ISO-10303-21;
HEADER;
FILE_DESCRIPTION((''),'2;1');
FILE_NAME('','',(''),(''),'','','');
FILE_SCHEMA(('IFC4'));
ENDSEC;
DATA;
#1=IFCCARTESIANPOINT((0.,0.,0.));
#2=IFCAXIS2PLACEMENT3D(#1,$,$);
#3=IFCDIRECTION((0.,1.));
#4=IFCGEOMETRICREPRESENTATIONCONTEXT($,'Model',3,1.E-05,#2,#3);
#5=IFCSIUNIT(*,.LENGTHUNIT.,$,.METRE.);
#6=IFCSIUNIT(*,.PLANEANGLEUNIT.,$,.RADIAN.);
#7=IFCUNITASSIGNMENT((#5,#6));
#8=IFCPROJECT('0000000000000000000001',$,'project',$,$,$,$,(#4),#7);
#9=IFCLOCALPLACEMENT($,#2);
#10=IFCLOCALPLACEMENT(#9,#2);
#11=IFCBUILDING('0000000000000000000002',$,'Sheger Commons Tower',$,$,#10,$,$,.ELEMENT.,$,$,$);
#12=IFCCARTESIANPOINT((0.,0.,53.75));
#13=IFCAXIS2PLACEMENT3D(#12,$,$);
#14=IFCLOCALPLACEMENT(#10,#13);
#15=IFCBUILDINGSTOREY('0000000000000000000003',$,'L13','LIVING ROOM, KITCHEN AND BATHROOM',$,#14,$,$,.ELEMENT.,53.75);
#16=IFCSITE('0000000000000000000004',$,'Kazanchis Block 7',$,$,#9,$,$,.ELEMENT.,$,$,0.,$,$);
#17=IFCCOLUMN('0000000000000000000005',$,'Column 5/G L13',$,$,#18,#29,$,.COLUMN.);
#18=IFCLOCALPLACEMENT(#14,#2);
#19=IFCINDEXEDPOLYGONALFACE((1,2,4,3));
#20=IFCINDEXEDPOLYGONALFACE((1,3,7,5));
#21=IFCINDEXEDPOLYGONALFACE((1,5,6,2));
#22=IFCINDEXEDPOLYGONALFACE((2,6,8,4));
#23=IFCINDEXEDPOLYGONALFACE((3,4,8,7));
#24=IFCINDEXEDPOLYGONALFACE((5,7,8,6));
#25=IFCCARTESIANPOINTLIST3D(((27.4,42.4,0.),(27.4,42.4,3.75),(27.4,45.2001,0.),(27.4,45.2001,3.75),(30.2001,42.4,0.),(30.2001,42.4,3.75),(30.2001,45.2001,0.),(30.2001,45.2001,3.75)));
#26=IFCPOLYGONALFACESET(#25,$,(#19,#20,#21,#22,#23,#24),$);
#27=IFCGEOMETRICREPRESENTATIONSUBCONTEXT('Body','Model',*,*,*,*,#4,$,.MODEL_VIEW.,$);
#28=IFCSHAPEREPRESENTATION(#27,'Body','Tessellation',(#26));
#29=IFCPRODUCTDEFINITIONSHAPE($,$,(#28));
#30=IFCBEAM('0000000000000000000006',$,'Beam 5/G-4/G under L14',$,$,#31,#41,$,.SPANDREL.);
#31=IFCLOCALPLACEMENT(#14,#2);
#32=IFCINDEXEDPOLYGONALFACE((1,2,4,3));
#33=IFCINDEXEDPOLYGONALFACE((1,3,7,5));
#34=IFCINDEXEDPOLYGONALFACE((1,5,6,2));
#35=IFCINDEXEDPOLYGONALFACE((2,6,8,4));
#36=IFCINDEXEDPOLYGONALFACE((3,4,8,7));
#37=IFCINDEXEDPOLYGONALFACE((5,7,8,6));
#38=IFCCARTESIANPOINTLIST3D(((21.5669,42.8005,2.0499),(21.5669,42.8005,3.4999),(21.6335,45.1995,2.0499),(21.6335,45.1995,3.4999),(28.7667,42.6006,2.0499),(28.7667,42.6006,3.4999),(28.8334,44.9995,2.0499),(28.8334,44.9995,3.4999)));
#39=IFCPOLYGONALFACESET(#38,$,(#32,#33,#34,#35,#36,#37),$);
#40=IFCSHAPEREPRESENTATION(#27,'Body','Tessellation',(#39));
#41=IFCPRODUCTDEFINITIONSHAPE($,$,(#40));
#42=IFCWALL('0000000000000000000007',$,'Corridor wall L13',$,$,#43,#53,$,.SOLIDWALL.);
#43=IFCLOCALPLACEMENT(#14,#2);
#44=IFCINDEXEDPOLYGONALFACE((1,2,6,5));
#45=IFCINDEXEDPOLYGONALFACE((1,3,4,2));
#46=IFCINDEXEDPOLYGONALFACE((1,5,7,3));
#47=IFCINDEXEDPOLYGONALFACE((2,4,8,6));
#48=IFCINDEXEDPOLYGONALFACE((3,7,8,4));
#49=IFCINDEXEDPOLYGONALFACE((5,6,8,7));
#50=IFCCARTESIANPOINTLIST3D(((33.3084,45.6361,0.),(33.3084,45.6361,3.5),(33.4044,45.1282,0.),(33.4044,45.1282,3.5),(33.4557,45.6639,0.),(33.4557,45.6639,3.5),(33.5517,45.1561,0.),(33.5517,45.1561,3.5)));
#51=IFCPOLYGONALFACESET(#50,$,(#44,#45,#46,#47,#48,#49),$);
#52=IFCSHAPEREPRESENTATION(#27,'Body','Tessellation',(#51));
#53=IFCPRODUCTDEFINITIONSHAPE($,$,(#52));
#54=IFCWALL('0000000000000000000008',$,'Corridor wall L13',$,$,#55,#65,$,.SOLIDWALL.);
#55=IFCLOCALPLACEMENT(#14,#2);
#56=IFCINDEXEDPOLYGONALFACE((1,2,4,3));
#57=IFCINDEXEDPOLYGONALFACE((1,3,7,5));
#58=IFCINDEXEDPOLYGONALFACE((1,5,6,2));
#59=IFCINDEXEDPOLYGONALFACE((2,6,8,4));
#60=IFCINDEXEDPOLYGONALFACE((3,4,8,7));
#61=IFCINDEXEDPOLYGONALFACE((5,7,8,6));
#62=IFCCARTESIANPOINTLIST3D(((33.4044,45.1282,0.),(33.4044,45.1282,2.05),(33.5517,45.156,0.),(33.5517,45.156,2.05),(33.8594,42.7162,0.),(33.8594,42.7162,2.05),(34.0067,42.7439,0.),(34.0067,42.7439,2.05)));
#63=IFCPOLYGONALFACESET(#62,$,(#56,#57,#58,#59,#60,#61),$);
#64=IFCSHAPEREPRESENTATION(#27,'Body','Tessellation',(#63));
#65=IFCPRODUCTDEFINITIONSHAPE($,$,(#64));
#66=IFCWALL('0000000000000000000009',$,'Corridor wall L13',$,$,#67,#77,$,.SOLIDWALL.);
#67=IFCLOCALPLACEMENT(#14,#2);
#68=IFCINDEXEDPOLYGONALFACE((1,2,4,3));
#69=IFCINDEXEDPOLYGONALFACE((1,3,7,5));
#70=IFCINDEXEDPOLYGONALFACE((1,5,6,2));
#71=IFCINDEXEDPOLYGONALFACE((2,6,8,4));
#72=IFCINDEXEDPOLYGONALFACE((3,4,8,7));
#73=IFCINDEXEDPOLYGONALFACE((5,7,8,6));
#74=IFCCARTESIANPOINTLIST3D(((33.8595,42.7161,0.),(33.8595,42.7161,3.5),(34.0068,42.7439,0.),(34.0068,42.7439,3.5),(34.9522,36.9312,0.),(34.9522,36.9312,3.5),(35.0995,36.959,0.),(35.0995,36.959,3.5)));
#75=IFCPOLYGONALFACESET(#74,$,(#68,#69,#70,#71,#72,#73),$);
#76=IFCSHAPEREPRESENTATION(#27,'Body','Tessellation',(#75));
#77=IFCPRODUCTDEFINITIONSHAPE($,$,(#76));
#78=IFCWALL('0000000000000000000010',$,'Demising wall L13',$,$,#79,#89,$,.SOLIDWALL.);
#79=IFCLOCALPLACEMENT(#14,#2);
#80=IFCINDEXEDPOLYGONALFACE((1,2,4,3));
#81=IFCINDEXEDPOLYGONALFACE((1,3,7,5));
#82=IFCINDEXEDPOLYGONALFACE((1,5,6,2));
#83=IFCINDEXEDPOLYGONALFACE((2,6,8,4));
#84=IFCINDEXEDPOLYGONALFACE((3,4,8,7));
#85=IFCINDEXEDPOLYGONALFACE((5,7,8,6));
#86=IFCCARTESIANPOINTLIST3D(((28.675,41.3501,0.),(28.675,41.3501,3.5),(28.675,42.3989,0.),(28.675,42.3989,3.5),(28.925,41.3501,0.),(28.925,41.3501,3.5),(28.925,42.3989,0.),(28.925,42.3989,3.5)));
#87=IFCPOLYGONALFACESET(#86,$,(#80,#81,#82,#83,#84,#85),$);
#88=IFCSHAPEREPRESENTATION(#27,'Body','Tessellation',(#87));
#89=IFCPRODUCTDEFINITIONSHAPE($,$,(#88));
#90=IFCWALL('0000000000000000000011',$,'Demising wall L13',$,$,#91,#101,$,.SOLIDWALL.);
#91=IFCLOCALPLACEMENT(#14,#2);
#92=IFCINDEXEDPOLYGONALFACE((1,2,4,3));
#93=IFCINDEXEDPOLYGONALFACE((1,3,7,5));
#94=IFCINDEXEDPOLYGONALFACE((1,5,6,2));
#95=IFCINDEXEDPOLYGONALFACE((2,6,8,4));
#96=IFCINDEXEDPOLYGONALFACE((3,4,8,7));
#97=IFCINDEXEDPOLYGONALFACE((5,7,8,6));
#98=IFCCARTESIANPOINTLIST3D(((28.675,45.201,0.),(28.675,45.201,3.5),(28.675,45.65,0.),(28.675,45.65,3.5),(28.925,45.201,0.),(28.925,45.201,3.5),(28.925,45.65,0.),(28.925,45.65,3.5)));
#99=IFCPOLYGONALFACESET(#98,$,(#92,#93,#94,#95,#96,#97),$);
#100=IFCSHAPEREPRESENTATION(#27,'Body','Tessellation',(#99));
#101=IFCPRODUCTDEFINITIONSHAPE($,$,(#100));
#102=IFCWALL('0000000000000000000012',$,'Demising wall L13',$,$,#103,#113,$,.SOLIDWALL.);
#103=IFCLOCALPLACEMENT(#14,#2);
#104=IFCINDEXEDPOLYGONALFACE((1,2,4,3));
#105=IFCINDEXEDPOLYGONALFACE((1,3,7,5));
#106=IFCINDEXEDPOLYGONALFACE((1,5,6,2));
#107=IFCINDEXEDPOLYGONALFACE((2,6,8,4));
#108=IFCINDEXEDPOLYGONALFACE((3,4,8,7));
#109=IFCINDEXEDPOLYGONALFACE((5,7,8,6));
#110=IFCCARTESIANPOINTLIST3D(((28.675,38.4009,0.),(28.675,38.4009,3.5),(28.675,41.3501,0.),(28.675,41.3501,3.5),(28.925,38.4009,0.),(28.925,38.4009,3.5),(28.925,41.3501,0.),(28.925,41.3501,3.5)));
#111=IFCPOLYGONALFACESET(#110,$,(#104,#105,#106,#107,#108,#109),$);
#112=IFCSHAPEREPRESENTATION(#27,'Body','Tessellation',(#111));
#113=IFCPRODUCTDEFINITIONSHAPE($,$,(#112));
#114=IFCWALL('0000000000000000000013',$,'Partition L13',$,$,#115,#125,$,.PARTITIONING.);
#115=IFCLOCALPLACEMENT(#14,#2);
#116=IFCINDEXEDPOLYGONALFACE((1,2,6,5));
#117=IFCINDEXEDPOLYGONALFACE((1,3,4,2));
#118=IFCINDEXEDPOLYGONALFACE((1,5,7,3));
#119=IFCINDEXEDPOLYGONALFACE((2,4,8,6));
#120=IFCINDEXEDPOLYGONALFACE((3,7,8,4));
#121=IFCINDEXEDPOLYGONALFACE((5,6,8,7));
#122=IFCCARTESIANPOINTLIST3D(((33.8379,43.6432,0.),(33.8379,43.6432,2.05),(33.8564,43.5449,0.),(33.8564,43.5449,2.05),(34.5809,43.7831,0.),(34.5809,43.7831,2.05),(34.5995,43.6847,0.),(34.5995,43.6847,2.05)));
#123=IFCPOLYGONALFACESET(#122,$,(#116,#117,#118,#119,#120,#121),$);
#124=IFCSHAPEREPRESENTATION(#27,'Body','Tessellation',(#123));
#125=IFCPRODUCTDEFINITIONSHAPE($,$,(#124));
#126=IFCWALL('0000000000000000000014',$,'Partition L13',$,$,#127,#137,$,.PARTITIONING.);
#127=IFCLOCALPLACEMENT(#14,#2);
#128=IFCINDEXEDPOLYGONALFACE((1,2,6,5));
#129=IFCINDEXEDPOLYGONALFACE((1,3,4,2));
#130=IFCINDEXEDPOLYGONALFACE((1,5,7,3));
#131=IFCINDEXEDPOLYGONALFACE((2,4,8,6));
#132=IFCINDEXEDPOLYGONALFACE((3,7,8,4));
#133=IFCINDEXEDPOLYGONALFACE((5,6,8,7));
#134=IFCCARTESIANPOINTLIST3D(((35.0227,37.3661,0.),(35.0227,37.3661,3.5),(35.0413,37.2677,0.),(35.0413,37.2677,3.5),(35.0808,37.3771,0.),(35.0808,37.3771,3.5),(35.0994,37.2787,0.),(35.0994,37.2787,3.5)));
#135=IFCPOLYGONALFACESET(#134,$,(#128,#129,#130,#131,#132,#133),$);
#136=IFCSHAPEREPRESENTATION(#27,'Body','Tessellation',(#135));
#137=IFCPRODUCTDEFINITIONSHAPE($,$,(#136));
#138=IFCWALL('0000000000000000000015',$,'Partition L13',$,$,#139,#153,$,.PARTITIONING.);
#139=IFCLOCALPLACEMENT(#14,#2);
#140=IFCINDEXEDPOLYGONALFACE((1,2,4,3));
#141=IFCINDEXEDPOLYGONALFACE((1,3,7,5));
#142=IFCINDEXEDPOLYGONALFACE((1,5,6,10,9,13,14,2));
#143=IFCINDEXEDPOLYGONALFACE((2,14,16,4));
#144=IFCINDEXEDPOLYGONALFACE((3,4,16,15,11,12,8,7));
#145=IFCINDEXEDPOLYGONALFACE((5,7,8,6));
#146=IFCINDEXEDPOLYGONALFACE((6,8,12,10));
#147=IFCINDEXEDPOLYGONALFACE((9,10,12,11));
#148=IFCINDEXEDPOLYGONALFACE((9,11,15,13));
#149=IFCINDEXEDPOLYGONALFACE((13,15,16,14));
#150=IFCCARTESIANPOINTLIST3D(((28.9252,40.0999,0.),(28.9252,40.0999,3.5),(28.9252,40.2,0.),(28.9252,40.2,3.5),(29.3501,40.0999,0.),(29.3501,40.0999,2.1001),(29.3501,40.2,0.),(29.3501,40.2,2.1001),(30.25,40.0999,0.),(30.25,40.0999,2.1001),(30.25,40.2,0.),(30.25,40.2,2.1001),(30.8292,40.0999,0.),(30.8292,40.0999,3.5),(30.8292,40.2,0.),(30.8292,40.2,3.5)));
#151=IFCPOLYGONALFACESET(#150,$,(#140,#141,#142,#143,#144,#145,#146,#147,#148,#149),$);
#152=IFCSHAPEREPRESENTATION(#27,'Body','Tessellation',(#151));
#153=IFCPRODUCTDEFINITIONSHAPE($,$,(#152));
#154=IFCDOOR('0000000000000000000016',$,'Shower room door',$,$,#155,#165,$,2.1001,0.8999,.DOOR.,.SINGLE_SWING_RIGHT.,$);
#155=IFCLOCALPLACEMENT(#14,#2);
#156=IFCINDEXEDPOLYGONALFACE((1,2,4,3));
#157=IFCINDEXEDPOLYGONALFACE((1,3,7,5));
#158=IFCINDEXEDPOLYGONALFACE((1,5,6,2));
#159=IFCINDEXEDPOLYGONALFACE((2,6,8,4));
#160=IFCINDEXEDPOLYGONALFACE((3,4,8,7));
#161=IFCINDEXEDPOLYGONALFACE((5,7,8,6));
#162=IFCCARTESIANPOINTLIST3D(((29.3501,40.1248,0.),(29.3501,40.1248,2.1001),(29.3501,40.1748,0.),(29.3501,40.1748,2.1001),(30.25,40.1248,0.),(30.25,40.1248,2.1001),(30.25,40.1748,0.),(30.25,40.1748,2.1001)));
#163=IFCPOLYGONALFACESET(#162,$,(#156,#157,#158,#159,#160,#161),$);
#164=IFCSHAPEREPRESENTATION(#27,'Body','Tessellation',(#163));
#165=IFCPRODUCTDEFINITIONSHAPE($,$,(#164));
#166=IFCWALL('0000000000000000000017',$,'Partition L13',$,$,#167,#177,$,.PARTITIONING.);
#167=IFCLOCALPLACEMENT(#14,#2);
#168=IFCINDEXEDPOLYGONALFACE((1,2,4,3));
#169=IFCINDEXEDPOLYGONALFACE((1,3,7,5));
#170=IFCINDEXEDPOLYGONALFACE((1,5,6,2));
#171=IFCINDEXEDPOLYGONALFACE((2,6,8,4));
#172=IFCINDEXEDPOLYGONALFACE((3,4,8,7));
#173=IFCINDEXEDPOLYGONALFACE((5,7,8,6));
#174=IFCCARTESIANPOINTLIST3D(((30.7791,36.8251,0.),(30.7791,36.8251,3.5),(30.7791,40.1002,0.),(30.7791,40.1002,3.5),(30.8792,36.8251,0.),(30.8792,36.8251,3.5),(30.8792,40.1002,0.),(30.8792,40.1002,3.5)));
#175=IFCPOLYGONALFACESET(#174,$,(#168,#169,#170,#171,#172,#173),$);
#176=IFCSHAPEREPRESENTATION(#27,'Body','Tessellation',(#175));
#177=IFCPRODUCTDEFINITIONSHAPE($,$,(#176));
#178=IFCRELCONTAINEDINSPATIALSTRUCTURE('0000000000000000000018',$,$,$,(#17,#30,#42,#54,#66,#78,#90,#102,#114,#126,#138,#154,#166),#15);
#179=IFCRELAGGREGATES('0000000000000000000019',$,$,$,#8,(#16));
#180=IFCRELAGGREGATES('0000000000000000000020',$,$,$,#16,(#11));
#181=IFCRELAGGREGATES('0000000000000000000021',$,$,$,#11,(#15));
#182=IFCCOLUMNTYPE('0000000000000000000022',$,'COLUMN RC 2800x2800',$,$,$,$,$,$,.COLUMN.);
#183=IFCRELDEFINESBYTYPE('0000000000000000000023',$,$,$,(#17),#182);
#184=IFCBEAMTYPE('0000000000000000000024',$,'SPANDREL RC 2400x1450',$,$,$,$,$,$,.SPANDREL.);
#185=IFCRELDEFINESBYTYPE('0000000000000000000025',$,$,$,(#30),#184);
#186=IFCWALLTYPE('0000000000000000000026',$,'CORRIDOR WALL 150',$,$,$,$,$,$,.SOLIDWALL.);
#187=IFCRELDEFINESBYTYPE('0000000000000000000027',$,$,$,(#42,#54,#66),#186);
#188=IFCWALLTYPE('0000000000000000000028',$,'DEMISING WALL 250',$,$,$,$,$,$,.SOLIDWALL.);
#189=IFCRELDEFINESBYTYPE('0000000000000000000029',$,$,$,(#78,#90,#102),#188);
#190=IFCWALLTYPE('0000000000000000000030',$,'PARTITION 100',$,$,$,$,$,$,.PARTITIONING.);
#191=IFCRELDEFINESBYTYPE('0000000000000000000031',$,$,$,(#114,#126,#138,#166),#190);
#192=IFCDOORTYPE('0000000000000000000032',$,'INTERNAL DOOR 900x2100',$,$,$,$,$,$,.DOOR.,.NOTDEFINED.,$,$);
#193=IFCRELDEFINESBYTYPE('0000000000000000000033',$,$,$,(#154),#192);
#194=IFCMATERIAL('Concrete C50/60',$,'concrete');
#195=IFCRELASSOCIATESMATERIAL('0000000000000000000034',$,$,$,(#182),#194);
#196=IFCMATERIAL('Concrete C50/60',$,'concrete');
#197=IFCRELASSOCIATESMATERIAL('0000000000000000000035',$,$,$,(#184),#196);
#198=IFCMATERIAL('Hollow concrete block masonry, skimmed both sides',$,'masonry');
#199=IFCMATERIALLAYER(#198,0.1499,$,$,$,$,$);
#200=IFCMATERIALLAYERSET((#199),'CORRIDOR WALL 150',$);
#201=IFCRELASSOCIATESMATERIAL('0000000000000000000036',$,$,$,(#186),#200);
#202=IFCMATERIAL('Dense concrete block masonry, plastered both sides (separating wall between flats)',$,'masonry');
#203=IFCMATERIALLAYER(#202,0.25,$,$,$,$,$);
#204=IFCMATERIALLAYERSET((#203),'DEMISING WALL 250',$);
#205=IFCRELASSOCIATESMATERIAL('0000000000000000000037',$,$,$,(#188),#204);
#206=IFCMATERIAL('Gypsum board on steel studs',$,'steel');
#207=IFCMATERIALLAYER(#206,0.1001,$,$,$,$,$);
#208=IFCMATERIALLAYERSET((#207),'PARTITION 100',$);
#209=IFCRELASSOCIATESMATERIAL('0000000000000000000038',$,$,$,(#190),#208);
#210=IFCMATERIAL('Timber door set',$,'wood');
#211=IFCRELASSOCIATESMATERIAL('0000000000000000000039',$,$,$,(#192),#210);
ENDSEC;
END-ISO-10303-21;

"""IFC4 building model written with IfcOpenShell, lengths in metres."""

from ifc_helpers import new_model, si_unit, direction, frame, frame_2d, origin, origin_2d, place, context, subcontext, project, spatial, rectangle, extrude, material, layer, layer_set, material_profile, profile_set, type_object, element, fill, save


model = new_model("IFC4")

# Units and contexts
model_context = context("Model", 3, precision=1e-05, world=origin(), true_north=direction((0.0, 1.0)))
body_context = subcontext(model_context, "Body", "Model", "MODEL_VIEW")
ifc_project = project(units=[si_unit("LENGTHUNIT", "METRE"), si_unit("PLANEANGLEUNIT", "RADIAN")], contexts=[model_context])

# Site, building, storey
site_placement = place(None, origin())
site = spatial("IfcSite", under=ifc_project, at=site_placement, Name="Kazanchis Block 7", CompositionType="ELEMENT", RefElevation=0.0)
building_placement = place(site_placement, origin())
building = spatial("IfcBuilding", under=site, at=building_placement, Name="Sheger Commons Tower", CompositionType="ELEMENT")
storey_placement = place(building_placement, frame((0.0, 0.0, 53.75)))
storey = spatial("IfcBuildingStorey", under=building, at=storey_placement, Name="L13", Description="LIVING ROOM, KITCHEN AND BATHROOM", CompositionType="ELEMENT", Elevation=53.75)

# Column
ifc_material_1 = material(Name="Concrete C50/60", Category="concrete")
ifc_material_profile_1 = material_profile(ifc_material_1, rectangle(XDim=2.8, YDim=2.8, at=origin_2d()), Name="RC 2800x2800")
ifc_profile_set_1 = profile_set([ifc_material_profile_1], Name="Concrete C50/60")
column_type = type_object("IfcColumnType", Name="COLUMN RC 2800x2800", PredefinedType="COLUMN", material=ifc_profile_set_1)
column_placement = place(storey_placement, frame((28.8, 43.8, 0.0), z_axis=(0.0, 0.0, 1.0), x_axis=(1.0, 0.0, 0.0)))
element("IfcColumn", 1, at=column_placement, inside=storey, type_object=column_type, Name="Column 5/G L13", PredefinedType="COLUMN", context=body_context, shape_type="SweptSolid", body=[
    extrude(rectangle(XDim=2.8, YDim=2.8, at=origin_2d()), origin(), (0.0, 0.0, 1.0), 3.75),
])

# Beam
ifc_material_2 = material(Name="Concrete C50/60", Category="concrete")
ifc_material_profile_2 = material_profile(ifc_material_2, rectangle(XDim=2.3999, YDim=1.45, at=origin_2d()), Name="RC 2400x1450")
ifc_profile_set_2 = profile_set([ifc_material_profile_2], Name="Concrete C50/60")
beam_type = type_object("IfcBeamType", Name="SPANDREL RC 2400x1450", PredefinedType="SPANDREL", material=ifc_profile_set_2)
beam_placement = place(storey_placement, frame((28.8, 43.8, 2.7749), z_axis=(-0.999615, 0.02776, 0.0), x_axis=(-0.02776, -0.999615, 0.0)))
element("IfcBeam", 2, at=beam_placement, inside=storey, type_object=beam_type, Name="Beam 5/G-4/G under L14", PredefinedType="SPANDREL", context=body_context, shape_type="SweptSolid", body=[
    extrude(rectangle(XDim=2.3999, YDim=1.45, at=origin_2d()), origin(), (0.0, 0.0, 1.0), 7.2026),
])

# Walls
ifc_material_3 = material(Name="Hollow concrete block masonry, skimmed both sides", Category="masonry")
ifc_layer_1 = layer(ifc_material_3, 0.1499)
ifc_layer_set_1 = layer_set([ifc_layer_1], Name="CORRIDOR WALL 150")
wall_type_1 = type_object("IfcWallType", Name="CORRIDOR WALL 150", PredefinedType="SOLIDWALL", material=ifc_layer_set_1)
wall_1_placement = place(storey_placement, frame((33.3821, 45.6499, 0.0), z_axis=(0.0, 0.0, 1.0), x_axis=(0.185657, -0.982615, 0.0)))
element("IfcWall", 3, at=wall_1_placement, inside=storey, type_object=wall_type_1, Name="Corridor wall L13", PredefinedType="SOLIDWALL", context=body_context, shape_type="SweptSolid", body=[
    extrude(rectangle(XDim=0.5168, YDim=0.1499, at=frame_2d((0.2583, 0.0))), origin(), (0.0, 0.0, 1.0), 3.5),
])
wall_2_placement = place(storey_placement, frame((33.478, 45.1421, 0.0), z_axis=(0.0, 0.0, 1.0), x_axis=(0.185393, -0.982664, 0.0)))
element("IfcWall", 4, at=wall_2_placement, inside=storey, type_object=wall_type_1, Name="Corridor wall L13", PredefinedType="SOLIDWALL", context=body_context, shape_type="SweptSolid", body=[
    extrude(rectangle(XDim=2.4546, YDim=0.1499, at=frame_2d((1.2273, 0.0))), origin(), (0.0, 0.0, 1.0), 2.05),
])
wall_3_placement = place(storey_placement, frame((33.9331, 42.73, 0.0), z_axis=(0.0, 0.0, 1.0), x_axis=(0.185618, -0.982622, 0.0)))
element("IfcWall", 5, at=wall_3_placement, inside=storey, type_object=wall_type_1, Name="Corridor wall L13", PredefinedType="SOLIDWALL", context=body_context, shape_type="SweptSolid", body=[
    extrude(rectangle(XDim=5.8872, YDim=0.1499, at=frame_2d((2.9436, 0.0))), origin(), (0.0, 0.0, 1.0), 3.5),
])
ifc_material_4 = material(Name="Dense concrete block masonry, plastered both sides (separating wall between flats)", Category="masonry")
ifc_layer_2 = layer(ifc_material_4, 0.25)
ifc_layer_set_2 = layer_set([ifc_layer_2], Name="DEMISING WALL 250")
wall_type_2 = type_object("IfcWallType", Name="DEMISING WALL 250", PredefinedType="SOLIDWALL", material=ifc_layer_set_2)
wall_4_placement = place(storey_placement, frame((28.8, 41.3501, 0.0), z_axis=(0.0, 0.0, 1.0), x_axis=(0.0, 1.0, 0.0)))
element("IfcWall", 6, at=wall_4_placement, inside=storey, type_object=wall_type_2, Name="Demising wall L13", PredefinedType="SOLIDWALL", context=body_context, shape_type="SweptSolid", body=[
    extrude(rectangle(XDim=1.0488, YDim=0.25, at=frame_2d((0.5244, 0.0))), origin(), (0.0, 0.0, 1.0), 3.5),
])
wall_5_placement = place(storey_placement, frame((28.8, 45.2009, 0.0), z_axis=(0.0, 0.0, 1.0), x_axis=(0.0, 1.0, 0.0)))
element("IfcWall", 7, at=wall_5_placement, inside=storey, type_object=wall_type_2, Name="Demising wall L13", PredefinedType="SOLIDWALL", context=body_context, shape_type="SweptSolid", body=[
    extrude(rectangle(XDim=0.449, YDim=0.25, at=frame_2d((0.2246, 0.0))), origin(), (0.0, 0.0, 1.0), 3.5),
])
wall_6_placement = place(storey_placement, frame((28.8, 38.4009, 0.0), z_axis=(0.0, 0.0, 1.0), x_axis=(0.0, 1.0, 0.0)))
element("IfcWall", 8, at=wall_6_placement, inside=storey, type_object=wall_type_2, Name="Demising wall L13", PredefinedType="SOLIDWALL", context=body_context, shape_type="SweptSolid", body=[
    extrude(rectangle(XDim=2.9492, YDim=0.25, at=frame_2d((1.4746, 0.0))), origin(), (0.0, 0.0, 1.0), 3.5),
])
ifc_material_5 = material(Name="Gypsum board on steel studs", Category="steel")
ifc_layer_3 = layer(ifc_material_5, 0.1001)
ifc_layer_set_3 = layer_set([ifc_layer_3], Name="PARTITION 100")
wall_type_3 = type_object("IfcWallType", Name="PARTITION 100", PredefinedType="PARTITIONING", material=ifc_layer_set_3)
wall_7_placement = place(storey_placement, frame((34.5901, 43.7339, 0.0), z_axis=(0.0, 0.0, 1.0), x_axis=(-0.98274, -0.18499, 0.0)))
element("IfcWall", 9, at=wall_7_placement, inside=storey, type_object=wall_type_3, Name="Partition L13", PredefinedType="PARTITIONING", context=body_context, shape_type="SweptSolid", body=[
    extrude(rectangle(XDim=0.7561, YDim=0.1001, at=frame_2d((0.3779, 0.0))), origin(), (0.0, 0.0, 1.0), 2.05),
])
wall_8_placement = place(storey_placement, frame((35.0901, 37.3279, 0.0), z_axis=(0.0, 0.0, 1.0), x_axis=(-0.982591, -0.185784, 0.0)))
element("IfcWall", 10, at=wall_8_placement, inside=storey, type_object=wall_type_3, Name="Partition L13", PredefinedType="PARTITIONING", context=body_context, shape_type="SweptSolid", body=[
    extrude(rectangle(XDim=0.0591, YDim=0.1001, at=frame_2d((0.0295, 0.0))), origin(), (0.0, 0.0, 1.0), 3.5),
])

# Wall, opening, door
wall_9_placement = place(storey_placement, frame((28.925, 40.1499, 0.0), z_axis=(0.0, 0.0, 1.0), x_axis=(1.0, 0.0, 0.0)))
wall_9 = element("IfcWall", 11, at=wall_9_placement, inside=storey, type_object=wall_type_3, Name="Partition L13", PredefinedType="PARTITIONING", context=body_context, shape_type="SweptSolid", body=[
    extrude(rectangle(XDim=1.9041, YDim=0.1001, at=frame_2d((0.9521, 0.0))), origin(), (0.0, 0.0, 1.0), 3.5),
])
opening_placement = place(wall_9_placement, frame((0.425, 0.0, 0.0)))
opening = element("IfcOpeningElement", 12, at=opening_placement, cuts=wall_9, PredefinedType="OPENING", context=body_context, shape_type="SweptSolid", body=[
    extrude(rectangle(XDim=0.8999, YDim=2.1001, at=frame_2d((0.45, 1.05))), frame((0.0, 0.0601, 0.0), z_axis=(0.0, -1.0, 0.0), x_axis=(1.0, 0.0, 0.0)), (0.0, 0.0, 1.0), 0.1201),
])
ifc_material_6 = material(Name="Timber door set", Category="wood")
door_type = type_object("IfcDoorType", Name="INTERNAL DOOR 900x2100", OperationType="NOTDEFINED", PredefinedType="DOOR", material=ifc_material_6)
door_placement = place(opening_placement, origin())
door = element("IfcDoor", 13, at=door_placement, inside=storey, type_object=door_type, Name="Shower room door", OperationType="SINGLE_SWING_RIGHT", OverallHeight=2.1001, OverallWidth=0.8999, PredefinedType="DOOR", context=body_context, shape_type="SweptSolid", body=[
    extrude(rectangle(XDim=0.8999, YDim=2.1001, at=frame_2d((0.45, 1.05))), frame((0.0, 0.0249, 0.0), z_axis=(0.0, -1.0, 0.0), x_axis=(1.0, 0.0, 0.0)), (0.0, 0.0, 1.0), 0.05),
])
fill(opening, door)

# Wall
wall_10_placement = place(storey_placement, frame((30.8291, 36.825, 0.0), z_axis=(0.0, 0.0, 1.0), x_axis=(0.0, 1.0, 0.0)))
element("IfcWall", 14, at=wall_10_placement, inside=storey, type_object=wall_type_3, Name="Partition L13", PredefinedType="PARTITIONING", context=body_context, shape_type="SweptSolid", body=[
    extrude(rectangle(XDim=3.2751, YDim=0.1001, at=frame_2d((1.6377, 0.0))), origin(), (0.0, 0.0, 1.0), 3.5),
])

save(model, "model.ifc")
